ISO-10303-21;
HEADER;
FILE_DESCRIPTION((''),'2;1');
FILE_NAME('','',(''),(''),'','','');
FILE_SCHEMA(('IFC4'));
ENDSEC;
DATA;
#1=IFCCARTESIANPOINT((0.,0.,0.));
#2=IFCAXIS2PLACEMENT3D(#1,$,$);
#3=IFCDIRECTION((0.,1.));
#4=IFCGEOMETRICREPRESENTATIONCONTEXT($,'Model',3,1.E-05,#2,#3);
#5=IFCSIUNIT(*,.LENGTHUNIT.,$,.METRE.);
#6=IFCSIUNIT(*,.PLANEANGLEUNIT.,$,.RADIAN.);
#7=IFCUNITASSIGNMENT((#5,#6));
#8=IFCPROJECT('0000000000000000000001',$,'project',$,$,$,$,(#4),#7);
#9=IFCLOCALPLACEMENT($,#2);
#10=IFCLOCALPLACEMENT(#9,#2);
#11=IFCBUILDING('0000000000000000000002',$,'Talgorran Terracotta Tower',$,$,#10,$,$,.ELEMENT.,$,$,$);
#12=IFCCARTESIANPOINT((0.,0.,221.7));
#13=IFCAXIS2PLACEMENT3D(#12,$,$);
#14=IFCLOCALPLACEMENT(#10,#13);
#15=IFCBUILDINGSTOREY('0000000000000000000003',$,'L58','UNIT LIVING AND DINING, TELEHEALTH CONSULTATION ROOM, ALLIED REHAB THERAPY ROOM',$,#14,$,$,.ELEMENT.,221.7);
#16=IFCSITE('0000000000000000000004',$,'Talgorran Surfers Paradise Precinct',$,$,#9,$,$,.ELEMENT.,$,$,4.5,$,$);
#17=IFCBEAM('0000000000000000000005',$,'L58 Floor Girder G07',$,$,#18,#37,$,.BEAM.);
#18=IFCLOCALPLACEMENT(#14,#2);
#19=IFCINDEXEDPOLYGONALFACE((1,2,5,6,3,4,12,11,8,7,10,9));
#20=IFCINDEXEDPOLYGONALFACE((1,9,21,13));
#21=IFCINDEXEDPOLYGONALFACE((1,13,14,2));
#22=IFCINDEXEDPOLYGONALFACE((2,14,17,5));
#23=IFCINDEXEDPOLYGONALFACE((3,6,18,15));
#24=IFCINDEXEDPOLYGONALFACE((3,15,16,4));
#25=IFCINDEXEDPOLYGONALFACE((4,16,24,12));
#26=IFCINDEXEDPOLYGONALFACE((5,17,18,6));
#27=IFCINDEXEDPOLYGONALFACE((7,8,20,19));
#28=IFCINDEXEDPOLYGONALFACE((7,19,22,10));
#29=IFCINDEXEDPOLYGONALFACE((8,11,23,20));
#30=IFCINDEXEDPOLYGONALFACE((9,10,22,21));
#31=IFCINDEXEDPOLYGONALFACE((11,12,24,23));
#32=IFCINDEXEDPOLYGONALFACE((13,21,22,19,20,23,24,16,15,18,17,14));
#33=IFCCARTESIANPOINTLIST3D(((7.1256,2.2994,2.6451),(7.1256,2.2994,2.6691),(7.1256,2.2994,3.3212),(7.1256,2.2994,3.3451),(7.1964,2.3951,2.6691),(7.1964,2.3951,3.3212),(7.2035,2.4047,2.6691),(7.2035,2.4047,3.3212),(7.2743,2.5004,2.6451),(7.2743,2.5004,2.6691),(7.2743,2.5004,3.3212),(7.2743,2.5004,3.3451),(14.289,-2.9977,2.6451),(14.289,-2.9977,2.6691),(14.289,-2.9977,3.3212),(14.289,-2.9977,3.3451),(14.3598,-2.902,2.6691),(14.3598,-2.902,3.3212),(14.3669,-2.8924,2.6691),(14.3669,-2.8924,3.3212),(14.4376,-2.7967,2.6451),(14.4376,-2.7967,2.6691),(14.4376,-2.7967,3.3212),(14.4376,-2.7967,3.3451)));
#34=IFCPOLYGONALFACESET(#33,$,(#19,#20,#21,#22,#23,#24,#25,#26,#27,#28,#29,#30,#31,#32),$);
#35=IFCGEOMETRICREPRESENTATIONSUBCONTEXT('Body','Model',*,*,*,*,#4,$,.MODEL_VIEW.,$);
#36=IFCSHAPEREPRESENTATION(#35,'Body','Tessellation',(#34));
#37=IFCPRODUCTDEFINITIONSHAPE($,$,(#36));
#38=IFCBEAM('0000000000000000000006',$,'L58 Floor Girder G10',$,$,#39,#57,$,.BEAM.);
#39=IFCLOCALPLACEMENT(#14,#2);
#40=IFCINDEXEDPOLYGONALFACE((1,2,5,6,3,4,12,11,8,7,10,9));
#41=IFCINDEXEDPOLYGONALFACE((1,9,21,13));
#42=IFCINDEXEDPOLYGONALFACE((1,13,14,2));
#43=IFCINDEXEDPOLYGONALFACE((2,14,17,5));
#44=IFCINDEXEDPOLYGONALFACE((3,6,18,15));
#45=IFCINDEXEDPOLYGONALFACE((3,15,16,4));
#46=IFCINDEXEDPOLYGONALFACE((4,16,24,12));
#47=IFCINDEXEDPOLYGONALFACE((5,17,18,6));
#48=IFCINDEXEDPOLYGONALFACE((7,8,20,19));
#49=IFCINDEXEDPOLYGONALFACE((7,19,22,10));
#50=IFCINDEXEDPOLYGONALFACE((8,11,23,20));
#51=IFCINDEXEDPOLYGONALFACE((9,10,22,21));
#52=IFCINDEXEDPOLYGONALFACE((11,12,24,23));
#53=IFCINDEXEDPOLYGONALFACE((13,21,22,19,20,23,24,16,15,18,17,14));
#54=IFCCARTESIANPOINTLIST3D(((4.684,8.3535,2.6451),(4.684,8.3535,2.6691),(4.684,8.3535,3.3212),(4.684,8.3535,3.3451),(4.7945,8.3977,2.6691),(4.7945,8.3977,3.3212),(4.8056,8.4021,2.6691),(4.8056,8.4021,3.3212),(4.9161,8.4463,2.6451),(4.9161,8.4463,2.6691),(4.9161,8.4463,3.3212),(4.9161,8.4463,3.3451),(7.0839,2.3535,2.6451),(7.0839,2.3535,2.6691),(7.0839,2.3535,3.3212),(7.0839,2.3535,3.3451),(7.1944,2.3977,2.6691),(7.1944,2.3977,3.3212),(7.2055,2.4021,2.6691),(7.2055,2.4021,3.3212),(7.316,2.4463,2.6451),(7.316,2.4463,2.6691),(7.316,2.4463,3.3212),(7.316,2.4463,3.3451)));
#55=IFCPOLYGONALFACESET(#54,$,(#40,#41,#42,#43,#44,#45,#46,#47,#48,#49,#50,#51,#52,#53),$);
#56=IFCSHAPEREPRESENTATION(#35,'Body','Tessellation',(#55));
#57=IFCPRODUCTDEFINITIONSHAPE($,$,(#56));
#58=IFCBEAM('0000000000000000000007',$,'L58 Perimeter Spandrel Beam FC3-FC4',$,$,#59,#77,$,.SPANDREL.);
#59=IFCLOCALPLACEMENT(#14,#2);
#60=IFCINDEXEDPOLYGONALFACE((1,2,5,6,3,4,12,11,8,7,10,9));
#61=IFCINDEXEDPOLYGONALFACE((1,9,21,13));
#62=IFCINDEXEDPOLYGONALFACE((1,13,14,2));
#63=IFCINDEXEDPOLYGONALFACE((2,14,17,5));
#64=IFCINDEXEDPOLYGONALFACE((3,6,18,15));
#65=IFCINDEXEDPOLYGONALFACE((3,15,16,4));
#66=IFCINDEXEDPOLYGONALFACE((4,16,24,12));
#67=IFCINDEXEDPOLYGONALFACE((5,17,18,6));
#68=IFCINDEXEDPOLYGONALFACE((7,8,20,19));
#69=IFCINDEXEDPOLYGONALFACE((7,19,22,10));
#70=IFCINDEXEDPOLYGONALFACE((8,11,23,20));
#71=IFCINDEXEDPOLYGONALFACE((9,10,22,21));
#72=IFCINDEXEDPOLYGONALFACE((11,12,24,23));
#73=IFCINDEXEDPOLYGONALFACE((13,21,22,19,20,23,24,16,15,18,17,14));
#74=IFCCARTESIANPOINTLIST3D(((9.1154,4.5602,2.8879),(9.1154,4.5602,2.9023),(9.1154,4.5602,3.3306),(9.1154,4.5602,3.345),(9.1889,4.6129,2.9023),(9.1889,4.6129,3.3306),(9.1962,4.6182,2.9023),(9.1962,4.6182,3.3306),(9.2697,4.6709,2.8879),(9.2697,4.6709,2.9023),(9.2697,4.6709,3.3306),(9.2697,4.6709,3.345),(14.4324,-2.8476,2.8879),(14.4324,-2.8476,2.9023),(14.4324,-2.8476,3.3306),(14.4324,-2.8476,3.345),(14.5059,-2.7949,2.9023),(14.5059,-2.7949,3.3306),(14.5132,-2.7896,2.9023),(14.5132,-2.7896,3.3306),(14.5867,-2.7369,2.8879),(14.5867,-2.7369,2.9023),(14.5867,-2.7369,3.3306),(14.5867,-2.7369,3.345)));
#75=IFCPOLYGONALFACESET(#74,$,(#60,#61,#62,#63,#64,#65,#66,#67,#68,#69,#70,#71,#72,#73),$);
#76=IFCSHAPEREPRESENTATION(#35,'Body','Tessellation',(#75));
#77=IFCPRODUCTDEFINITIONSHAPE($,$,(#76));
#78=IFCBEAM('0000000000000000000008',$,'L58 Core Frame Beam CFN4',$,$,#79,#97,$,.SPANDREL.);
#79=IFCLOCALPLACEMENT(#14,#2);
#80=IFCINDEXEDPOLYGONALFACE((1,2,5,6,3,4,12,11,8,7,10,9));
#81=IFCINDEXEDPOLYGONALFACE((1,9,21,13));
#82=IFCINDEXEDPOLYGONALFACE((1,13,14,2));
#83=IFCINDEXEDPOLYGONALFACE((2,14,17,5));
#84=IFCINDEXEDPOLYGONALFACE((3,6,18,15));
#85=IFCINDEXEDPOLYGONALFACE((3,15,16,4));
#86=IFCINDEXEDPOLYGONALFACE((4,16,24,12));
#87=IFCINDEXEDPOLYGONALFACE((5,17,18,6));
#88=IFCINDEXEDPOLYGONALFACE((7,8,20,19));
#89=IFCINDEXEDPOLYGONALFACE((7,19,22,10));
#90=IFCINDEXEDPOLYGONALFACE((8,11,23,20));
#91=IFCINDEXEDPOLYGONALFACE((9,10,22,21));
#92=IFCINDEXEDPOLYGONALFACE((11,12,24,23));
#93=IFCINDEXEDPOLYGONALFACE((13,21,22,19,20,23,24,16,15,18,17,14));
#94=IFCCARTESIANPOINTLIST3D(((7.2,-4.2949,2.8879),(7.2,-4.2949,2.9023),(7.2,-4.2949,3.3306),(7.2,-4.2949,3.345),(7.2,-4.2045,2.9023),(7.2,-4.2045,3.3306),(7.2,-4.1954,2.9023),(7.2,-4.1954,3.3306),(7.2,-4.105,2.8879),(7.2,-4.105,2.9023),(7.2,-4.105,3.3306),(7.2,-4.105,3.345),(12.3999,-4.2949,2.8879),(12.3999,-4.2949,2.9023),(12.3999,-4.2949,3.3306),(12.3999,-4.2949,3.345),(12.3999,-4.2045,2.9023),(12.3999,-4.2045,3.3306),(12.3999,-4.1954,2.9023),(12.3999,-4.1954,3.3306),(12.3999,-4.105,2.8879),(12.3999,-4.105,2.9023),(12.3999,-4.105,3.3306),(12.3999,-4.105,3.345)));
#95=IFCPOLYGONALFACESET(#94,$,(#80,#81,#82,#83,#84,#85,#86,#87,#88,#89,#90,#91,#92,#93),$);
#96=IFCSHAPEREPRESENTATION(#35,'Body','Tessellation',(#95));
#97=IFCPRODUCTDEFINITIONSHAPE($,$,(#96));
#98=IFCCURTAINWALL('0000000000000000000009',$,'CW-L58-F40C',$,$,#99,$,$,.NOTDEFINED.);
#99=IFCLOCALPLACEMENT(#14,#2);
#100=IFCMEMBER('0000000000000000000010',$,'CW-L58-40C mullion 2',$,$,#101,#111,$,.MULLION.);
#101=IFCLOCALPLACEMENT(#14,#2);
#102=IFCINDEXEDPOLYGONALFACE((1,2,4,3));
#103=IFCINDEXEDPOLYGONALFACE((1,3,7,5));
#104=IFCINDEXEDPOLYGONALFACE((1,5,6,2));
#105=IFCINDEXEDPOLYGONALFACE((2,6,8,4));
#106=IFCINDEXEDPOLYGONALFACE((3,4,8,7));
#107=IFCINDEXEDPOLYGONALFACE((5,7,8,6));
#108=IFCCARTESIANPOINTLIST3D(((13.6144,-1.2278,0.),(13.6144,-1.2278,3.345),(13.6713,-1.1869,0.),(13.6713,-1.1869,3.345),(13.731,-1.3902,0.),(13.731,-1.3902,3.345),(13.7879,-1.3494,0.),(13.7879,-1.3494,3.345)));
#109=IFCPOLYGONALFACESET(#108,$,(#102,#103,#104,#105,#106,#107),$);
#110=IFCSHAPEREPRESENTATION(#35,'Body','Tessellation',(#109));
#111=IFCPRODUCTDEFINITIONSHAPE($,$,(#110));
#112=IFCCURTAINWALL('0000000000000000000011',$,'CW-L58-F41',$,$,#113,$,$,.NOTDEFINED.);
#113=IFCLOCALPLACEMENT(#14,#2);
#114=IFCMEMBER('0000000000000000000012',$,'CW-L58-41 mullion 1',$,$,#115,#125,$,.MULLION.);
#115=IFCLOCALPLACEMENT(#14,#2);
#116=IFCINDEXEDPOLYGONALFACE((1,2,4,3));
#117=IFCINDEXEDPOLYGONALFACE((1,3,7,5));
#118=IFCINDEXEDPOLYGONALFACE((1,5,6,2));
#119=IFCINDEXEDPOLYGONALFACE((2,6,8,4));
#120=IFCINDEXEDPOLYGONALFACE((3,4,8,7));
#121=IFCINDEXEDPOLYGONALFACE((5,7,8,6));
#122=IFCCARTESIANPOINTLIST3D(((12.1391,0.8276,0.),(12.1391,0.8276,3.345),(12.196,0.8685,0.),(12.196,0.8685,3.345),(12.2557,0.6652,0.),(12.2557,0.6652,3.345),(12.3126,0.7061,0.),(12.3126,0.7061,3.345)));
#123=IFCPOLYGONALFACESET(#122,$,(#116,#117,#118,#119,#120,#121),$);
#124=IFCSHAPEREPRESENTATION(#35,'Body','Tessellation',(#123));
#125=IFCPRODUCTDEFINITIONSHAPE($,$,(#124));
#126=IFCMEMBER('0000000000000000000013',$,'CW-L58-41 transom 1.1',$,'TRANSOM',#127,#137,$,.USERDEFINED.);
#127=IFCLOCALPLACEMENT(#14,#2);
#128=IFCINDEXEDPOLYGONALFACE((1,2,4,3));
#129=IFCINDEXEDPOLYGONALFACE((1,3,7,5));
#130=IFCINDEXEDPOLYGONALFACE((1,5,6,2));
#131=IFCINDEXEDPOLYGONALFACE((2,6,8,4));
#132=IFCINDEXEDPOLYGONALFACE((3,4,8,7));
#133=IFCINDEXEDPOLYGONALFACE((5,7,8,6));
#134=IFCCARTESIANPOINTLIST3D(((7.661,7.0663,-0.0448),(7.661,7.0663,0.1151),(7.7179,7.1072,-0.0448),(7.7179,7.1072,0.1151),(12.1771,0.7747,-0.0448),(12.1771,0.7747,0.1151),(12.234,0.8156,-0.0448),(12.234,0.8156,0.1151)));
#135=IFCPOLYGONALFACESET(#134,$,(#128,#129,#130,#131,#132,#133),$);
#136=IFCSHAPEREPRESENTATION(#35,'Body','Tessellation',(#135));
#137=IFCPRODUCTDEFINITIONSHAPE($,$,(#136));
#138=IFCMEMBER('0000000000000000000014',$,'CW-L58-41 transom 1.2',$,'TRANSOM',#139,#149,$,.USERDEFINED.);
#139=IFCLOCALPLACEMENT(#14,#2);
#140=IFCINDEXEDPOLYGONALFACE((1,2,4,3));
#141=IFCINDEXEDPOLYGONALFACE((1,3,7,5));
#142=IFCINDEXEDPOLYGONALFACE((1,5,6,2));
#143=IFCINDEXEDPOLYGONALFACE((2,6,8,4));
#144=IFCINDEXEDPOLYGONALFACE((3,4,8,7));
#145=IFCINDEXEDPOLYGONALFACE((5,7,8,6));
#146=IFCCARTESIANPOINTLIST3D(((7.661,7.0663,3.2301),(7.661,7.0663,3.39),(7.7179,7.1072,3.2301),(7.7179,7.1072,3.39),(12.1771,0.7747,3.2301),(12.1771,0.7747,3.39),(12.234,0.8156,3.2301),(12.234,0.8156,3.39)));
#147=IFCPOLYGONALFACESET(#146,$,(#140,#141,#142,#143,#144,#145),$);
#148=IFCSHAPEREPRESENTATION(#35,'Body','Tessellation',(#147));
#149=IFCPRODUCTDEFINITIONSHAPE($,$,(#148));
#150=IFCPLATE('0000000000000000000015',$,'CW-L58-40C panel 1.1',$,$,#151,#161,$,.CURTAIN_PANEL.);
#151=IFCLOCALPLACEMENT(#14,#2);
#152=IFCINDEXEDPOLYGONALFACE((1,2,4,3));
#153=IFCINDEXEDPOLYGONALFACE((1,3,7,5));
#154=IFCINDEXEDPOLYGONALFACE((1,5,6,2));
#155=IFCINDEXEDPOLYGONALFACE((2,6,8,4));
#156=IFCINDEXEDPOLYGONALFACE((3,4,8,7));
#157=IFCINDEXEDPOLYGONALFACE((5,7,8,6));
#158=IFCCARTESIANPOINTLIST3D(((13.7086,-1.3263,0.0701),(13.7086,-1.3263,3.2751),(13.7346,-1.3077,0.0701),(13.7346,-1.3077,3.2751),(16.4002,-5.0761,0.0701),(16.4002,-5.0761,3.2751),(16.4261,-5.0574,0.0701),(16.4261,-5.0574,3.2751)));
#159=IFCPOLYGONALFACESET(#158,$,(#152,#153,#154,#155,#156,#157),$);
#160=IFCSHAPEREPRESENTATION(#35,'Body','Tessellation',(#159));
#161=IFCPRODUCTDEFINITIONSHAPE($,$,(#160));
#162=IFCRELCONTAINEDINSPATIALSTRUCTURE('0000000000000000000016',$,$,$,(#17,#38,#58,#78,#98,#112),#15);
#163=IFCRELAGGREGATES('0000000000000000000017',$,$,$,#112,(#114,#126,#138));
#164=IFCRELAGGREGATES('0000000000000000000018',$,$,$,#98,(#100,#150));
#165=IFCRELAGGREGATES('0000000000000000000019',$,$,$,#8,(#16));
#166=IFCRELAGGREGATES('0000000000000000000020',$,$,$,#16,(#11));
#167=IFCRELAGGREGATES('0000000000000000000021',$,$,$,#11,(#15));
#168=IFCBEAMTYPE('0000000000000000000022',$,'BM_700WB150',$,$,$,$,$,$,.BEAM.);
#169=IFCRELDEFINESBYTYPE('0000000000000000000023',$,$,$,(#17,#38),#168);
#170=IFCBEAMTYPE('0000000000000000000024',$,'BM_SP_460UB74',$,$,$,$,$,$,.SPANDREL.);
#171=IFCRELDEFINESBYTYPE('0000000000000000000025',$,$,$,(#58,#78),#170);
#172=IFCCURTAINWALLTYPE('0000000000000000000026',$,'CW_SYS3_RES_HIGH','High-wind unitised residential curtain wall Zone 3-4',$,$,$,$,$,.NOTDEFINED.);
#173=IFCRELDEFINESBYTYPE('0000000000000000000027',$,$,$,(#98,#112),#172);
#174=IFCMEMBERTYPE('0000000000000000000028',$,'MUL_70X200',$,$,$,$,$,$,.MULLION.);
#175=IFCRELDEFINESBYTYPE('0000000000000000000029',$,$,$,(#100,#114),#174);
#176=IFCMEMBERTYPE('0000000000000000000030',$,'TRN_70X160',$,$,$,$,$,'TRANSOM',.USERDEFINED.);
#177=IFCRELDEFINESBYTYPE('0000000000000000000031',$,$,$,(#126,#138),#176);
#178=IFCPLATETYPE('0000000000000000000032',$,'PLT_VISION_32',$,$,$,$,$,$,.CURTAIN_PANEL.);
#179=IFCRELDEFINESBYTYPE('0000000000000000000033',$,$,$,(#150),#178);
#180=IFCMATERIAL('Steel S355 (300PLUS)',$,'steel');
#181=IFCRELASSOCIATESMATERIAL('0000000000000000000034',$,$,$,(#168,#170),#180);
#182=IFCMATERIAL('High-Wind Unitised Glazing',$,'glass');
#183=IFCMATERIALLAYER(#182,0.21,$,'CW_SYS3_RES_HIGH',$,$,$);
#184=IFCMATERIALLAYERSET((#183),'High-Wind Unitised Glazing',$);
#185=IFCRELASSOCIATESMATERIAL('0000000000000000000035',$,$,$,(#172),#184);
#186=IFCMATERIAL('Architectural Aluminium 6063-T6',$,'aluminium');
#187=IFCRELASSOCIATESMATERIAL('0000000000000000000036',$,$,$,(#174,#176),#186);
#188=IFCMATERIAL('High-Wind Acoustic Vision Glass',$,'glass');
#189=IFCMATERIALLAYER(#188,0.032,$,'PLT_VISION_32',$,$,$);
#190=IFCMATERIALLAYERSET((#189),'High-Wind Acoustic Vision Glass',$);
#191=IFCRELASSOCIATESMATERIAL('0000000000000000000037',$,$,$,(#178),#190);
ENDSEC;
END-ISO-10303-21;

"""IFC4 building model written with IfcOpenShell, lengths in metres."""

from ifc_helpers import new_model, si_unit, direction, frame, origin, origin_2d, place, context, subcontext, project, spatial, rectangle, i_section, extrude, source, transform, mapped, material, layer, layer_set, material_profile, profile_set, type_object, type_shapes, element, aggregate, save


model = new_model("IFC4")

# Units and contexts
model_context = context("Model", 3, precision=1e-05, world=origin(), true_north=direction((0.0, 1.0)))
body_context = subcontext(model_context, "Body", "Model", "MODEL_VIEW")
ifc_project = project(units=[si_unit("LENGTHUNIT", "METRE"), si_unit("PLANEANGLEUNIT", "RADIAN")], contexts=[model_context])

# Site, building, storey
site_placement = place(None, origin())
site = spatial("IfcSite", under=ifc_project, at=site_placement, Name="Talgorran Surfers Paradise Precinct", CompositionType="ELEMENT", RefElevation=4.5)
building_placement = place(site_placement, origin())
building = spatial("IfcBuilding", under=site, at=building_placement, Name="Talgorran Terracotta Tower", CompositionType="ELEMENT")
storey_placement = place(building_placement, frame((0.0, 0.0, 221.7)))
storey = spatial("IfcBuildingStorey", under=building, at=storey_placement, Name="L58", Description="UNIT LIVING AND DINING, TELEHEALTH CONSULTATION ROOM, ALLIED REHAB THERAPY ROOM", CompositionType="ELEMENT", Elevation=221.7)

# Shared definitions
ifc_material_1 = material(Name="Steel S355 (300PLUS)", Category="steel")

# Beams
ifc_material_profile_1 = material_profile(ifc_material_1, i_section(OverallWidth=0.25, OverallDepth=0.7, WebThickness=0.012, FlangeThickness=0.0239, at=origin_2d()), Name="700WB150")
ifc_profile_set_1 = profile_set([ifc_material_profile_1], Name="Steel S355 (300PLUS)")
beam_type_1 = type_object("IfcBeamType", Name="BM_700WB150", PredefinedType="BEAM", material=ifc_profile_set_1)
beam_1_placement = place(storey_placement, frame((7.2, 2.3999, 2.9951), z_axis=(0.804043, -0.594571, 0.0), x_axis=(0.594571, 0.804043, 0.0)))
element("IfcBeam", 1, at=beam_1_placement, inside=storey, type_object=beam_type_1, Name="L58 Floor Girder G07", PredefinedType="BEAM", context=body_context, shape_type="SweptSolid", body=[
    extrude(i_section(OverallWidth=0.25, OverallDepth=0.7, WebThickness=0.012, FlangeThickness=0.0239, at=origin_2d()), origin(), (0.0, 0.0, 1.0), 8.9092),
])
beam_2_placement = place(storey_placement, frame((7.2, 2.3999, 2.9951), z_axis=(-0.371378, 0.928482, 0.0), x_axis=(-0.928482, -0.371378, 0.0)))
element("IfcBeam", 2, at=beam_2_placement, inside=storey, type_object=beam_type_1, Name="L58 Floor Girder G10", PredefinedType="BEAM", context=body_context, shape_type="SweptSolid", body=[
    extrude(i_section(OverallWidth=0.25, OverallDepth=0.7, WebThickness=0.012, FlangeThickness=0.0239, at=origin_2d()), origin(), (0.0, 0.0, 1.0), 6.4622),
])
ifc_material_profile_2 = material_profile(ifc_material_1, i_section(OverallWidth=0.1899, OverallDepth=0.457, WebThickness=0.009, FlangeThickness=0.0144, at=origin_2d()), Name="460UB74.6")
ifc_profile_set_2 = profile_set([ifc_material_profile_2], Name="Steel S355 (300PLUS)")
beam_type_2 = type_object("IfcBeamType", Name="BM_SP_460UB74", PredefinedType="SPANDREL", material=ifc_profile_set_2)
beam_3_placement = place(storey_placement, frame((14.5095, -2.7922, 3.1165), z_axis=(-0.583101, 0.8124, 0.0), x_axis=(-0.8124, -0.583101, 0.0)))
element("IfcBeam", 3, at=beam_3_placement, inside=storey, type_object=beam_type_2, Name="L58 Perimeter Spandrel Beam FC3-FC4", PredefinedType="SPANDREL", context=body_context, shape_type="SweptSolid", body=[
    extrude(i_section(OverallWidth=0.1899, OverallDepth=0.457, WebThickness=0.009, FlangeThickness=0.0144, at=origin_2d()), origin(), (0.0, 0.0, 1.0), 9.1184),
])
beam_4_placement = place(storey_placement, frame((7.2, -4.2, 3.1165), z_axis=(1.0, 0.0, 0.0), x_axis=(0.0, 1.0, 0.0)))
element("IfcBeam", 4, at=beam_4_placement, inside=storey, type_object=beam_type_2, Name="L58 Core Frame Beam CFN4", PredefinedType="SPANDREL", context=body_context, shape_type="SweptSolid", body=[
    extrude(i_section(OverallWidth=0.1899, OverallDepth=0.457, WebThickness=0.009, FlangeThickness=0.0144, at=origin_2d()), origin(), (0.0, 0.0, 1.0), 5.2),
])

# Curtain wall, member
ifc_material_2 = material(Name="High-Wind Unitised Glazing", Category="glass")
ifc_layer_1 = layer(ifc_material_2, 0.21, Name="CW_SYS3_RES_HIGH")
ifc_layer_set_1 = layer_set([ifc_layer_1], Name="High-Wind Unitised Glazing")
curtain_wall_type = type_object("IfcCurtainWallType", Name="CW_SYS3_RES_HIGH", Description="High-wind unitised residential curtain wall Zone 3-4", PredefinedType="NOTDEFINED", material=ifc_layer_set_1)
curtain_wall_1_placement = place(storey_placement, origin())
curtain_wall_1 = element("IfcCurtainWall", 5, at=curtain_wall_1_placement, inside=storey, type_object=curtain_wall_type, Name="CW-L58-F40C", PredefinedType="NOTDEFINED")
ifc_material_3 = material(Name="Architectural Aluminium 6063-T6", Category="aluminium")
ifc_material_profile_3 = material_profile(ifc_material_3, rectangle(XDim=0.0701, YDim=0.2, at=origin_2d()), Name="CWM70X200")
ifc_profile_set_3 = profile_set([ifc_material_profile_3], Name="Architectural Aluminium 6063-T6")
member_type_1 = type_object("IfcMemberType", Name="MUL_70X200", PredefinedType="MULLION", material=ifc_profile_set_3)
member_1_placement = place(storey_placement, frame((13.7012, -1.2886, 0.0), z_axis=(0.0, 0.0, 1.0), x_axis=(-0.812386, -0.58312, 0.0)))
member_1 = element("IfcMember", 6, at=member_1_placement, type_object=member_type_1, Name="CW-L58-40C mullion 2", PredefinedType="MULLION", context=body_context, shape_type="SweptSolid", body=[
    extrude(rectangle(XDim=0.0701, YDim=0.2, at=origin_2d()), origin(), (0.0, 0.0, 1.0), 3.345),
])

# Curtain wall, members
curtain_wall_2_placement = place(storey_placement, origin())
curtain_wall_2 = element("IfcCurtainWall", 7, at=curtain_wall_2_placement, inside=storey, type_object=curtain_wall_type, Name="CW-L58-F41", PredefinedType="NOTDEFINED")
member_2_placement = place(storey_placement, frame((12.2258, 0.7668, 0.0), z_axis=(0.0, 0.0, 1.0), x_axis=(-0.812388, -0.583117, 0.0)))
member_2 = element("IfcMember", 8, at=member_2_placement, type_object=member_type_1, Name="CW-L58-41 mullion 1", PredefinedType="MULLION", context=body_context, shape_type="SweptSolid", body=[
    extrude(rectangle(XDim=0.0701, YDim=0.2, at=origin_2d()), origin(), (0.0, 0.0, 1.0), 3.345),
])
ifc_material_profile_4 = material_profile(ifc_material_3, rectangle(XDim=0.0701, YDim=0.1599, at=origin_2d()), Name="CWT70X160")
ifc_profile_set_4 = profile_set([ifc_material_profile_4], Name="Architectural Aluminium 6063-T6")
member_type_2 = type_object("IfcMemberType", Name="TRN_70X160", ElementType="TRANSOM", PredefinedType="USERDEFINED", material=ifc_profile_set_4)
member_3_placement = place(storey_placement, frame((12.2056, 0.7952, 0.0352), z_axis=(-0.583133, 0.812377, 0.0), x_axis=(-0.812377, -0.583133, 0.0)))
member_3 = element("IfcMember", 9, at=member_3_placement, type_object=member_type_2, Name="CW-L58-41 transom 1.1", ObjectType="TRANSOM", PredefinedType="USERDEFINED", context=body_context, shape_type="SweptSolid", body=[
    extrude(rectangle(XDim=0.0701, YDim=0.1599, at=origin_2d()), origin(), (0.0, 0.0, 1.0), 7.7446),
])
member_4_placement = place(storey_placement, frame((12.2056, 0.7952, 3.3101), z_axis=(-0.583133, 0.812377, 0.0), x_axis=(-0.812377, -0.583133, 0.0)))
member_4 = element("IfcMember", 10, at=member_4_placement, type_object=member_type_2, Name="CW-L58-41 transom 1.2", ObjectType="TRANSOM", PredefinedType="USERDEFINED", context=body_context, shape_type="SweptSolid", body=[
    extrude(rectangle(XDim=0.0701, YDim=0.1599, at=origin_2d()), origin(), (0.0, 0.0, 1.0), 7.7446),
])
aggregate(curtain_wall_2, [member_2, member_3, member_4])

# Plate
ifc_material_4 = material(Name="High-Wind Acoustic Vision Glass", Category="glass")
ifc_layer_2 = layer(ifc_material_4, 0.032, Name="PLT_VISION_32")
ifc_layer_set_2 = layer_set([ifc_layer_2], Name="High-Wind Acoustic Vision Glass")
plate_type = type_object("IfcPlateType", Name="PLT_VISION_32", PredefinedType="CURTAIN_PANEL", material=ifc_layer_set_2)
shared_shape = source(origin(), body_context, "Body", "SweptSolid", [
    extrude(rectangle(XDim=4.6157, YDim=0.032, at=origin_2d()), origin(), (0.0, 0.0, 1.0), 3.2051),
])
type_shapes(plate_type, [shared_shape])
plate_placement = place(storey_placement, frame((15.0674, -3.1919, 0.0701), z_axis=(0.0, 0.0, 1.0), x_axis=(-0.58312, 0.812386, 0.0)))
plate = element("IfcPlate", 11, at=plate_placement, type_object=plate_type, Name="CW-L58-40C panel 1.1", PredefinedType="CURTAIN_PANEL", context=body_context, shape_type="MappedRepresentation", body=[
    mapped(shared_shape, transform((0.0, 0.0, 0.0), scale=1.0)),
])
aggregate(curtain_wall_1, [member_1, plate])

save(model, "model.ifc")
